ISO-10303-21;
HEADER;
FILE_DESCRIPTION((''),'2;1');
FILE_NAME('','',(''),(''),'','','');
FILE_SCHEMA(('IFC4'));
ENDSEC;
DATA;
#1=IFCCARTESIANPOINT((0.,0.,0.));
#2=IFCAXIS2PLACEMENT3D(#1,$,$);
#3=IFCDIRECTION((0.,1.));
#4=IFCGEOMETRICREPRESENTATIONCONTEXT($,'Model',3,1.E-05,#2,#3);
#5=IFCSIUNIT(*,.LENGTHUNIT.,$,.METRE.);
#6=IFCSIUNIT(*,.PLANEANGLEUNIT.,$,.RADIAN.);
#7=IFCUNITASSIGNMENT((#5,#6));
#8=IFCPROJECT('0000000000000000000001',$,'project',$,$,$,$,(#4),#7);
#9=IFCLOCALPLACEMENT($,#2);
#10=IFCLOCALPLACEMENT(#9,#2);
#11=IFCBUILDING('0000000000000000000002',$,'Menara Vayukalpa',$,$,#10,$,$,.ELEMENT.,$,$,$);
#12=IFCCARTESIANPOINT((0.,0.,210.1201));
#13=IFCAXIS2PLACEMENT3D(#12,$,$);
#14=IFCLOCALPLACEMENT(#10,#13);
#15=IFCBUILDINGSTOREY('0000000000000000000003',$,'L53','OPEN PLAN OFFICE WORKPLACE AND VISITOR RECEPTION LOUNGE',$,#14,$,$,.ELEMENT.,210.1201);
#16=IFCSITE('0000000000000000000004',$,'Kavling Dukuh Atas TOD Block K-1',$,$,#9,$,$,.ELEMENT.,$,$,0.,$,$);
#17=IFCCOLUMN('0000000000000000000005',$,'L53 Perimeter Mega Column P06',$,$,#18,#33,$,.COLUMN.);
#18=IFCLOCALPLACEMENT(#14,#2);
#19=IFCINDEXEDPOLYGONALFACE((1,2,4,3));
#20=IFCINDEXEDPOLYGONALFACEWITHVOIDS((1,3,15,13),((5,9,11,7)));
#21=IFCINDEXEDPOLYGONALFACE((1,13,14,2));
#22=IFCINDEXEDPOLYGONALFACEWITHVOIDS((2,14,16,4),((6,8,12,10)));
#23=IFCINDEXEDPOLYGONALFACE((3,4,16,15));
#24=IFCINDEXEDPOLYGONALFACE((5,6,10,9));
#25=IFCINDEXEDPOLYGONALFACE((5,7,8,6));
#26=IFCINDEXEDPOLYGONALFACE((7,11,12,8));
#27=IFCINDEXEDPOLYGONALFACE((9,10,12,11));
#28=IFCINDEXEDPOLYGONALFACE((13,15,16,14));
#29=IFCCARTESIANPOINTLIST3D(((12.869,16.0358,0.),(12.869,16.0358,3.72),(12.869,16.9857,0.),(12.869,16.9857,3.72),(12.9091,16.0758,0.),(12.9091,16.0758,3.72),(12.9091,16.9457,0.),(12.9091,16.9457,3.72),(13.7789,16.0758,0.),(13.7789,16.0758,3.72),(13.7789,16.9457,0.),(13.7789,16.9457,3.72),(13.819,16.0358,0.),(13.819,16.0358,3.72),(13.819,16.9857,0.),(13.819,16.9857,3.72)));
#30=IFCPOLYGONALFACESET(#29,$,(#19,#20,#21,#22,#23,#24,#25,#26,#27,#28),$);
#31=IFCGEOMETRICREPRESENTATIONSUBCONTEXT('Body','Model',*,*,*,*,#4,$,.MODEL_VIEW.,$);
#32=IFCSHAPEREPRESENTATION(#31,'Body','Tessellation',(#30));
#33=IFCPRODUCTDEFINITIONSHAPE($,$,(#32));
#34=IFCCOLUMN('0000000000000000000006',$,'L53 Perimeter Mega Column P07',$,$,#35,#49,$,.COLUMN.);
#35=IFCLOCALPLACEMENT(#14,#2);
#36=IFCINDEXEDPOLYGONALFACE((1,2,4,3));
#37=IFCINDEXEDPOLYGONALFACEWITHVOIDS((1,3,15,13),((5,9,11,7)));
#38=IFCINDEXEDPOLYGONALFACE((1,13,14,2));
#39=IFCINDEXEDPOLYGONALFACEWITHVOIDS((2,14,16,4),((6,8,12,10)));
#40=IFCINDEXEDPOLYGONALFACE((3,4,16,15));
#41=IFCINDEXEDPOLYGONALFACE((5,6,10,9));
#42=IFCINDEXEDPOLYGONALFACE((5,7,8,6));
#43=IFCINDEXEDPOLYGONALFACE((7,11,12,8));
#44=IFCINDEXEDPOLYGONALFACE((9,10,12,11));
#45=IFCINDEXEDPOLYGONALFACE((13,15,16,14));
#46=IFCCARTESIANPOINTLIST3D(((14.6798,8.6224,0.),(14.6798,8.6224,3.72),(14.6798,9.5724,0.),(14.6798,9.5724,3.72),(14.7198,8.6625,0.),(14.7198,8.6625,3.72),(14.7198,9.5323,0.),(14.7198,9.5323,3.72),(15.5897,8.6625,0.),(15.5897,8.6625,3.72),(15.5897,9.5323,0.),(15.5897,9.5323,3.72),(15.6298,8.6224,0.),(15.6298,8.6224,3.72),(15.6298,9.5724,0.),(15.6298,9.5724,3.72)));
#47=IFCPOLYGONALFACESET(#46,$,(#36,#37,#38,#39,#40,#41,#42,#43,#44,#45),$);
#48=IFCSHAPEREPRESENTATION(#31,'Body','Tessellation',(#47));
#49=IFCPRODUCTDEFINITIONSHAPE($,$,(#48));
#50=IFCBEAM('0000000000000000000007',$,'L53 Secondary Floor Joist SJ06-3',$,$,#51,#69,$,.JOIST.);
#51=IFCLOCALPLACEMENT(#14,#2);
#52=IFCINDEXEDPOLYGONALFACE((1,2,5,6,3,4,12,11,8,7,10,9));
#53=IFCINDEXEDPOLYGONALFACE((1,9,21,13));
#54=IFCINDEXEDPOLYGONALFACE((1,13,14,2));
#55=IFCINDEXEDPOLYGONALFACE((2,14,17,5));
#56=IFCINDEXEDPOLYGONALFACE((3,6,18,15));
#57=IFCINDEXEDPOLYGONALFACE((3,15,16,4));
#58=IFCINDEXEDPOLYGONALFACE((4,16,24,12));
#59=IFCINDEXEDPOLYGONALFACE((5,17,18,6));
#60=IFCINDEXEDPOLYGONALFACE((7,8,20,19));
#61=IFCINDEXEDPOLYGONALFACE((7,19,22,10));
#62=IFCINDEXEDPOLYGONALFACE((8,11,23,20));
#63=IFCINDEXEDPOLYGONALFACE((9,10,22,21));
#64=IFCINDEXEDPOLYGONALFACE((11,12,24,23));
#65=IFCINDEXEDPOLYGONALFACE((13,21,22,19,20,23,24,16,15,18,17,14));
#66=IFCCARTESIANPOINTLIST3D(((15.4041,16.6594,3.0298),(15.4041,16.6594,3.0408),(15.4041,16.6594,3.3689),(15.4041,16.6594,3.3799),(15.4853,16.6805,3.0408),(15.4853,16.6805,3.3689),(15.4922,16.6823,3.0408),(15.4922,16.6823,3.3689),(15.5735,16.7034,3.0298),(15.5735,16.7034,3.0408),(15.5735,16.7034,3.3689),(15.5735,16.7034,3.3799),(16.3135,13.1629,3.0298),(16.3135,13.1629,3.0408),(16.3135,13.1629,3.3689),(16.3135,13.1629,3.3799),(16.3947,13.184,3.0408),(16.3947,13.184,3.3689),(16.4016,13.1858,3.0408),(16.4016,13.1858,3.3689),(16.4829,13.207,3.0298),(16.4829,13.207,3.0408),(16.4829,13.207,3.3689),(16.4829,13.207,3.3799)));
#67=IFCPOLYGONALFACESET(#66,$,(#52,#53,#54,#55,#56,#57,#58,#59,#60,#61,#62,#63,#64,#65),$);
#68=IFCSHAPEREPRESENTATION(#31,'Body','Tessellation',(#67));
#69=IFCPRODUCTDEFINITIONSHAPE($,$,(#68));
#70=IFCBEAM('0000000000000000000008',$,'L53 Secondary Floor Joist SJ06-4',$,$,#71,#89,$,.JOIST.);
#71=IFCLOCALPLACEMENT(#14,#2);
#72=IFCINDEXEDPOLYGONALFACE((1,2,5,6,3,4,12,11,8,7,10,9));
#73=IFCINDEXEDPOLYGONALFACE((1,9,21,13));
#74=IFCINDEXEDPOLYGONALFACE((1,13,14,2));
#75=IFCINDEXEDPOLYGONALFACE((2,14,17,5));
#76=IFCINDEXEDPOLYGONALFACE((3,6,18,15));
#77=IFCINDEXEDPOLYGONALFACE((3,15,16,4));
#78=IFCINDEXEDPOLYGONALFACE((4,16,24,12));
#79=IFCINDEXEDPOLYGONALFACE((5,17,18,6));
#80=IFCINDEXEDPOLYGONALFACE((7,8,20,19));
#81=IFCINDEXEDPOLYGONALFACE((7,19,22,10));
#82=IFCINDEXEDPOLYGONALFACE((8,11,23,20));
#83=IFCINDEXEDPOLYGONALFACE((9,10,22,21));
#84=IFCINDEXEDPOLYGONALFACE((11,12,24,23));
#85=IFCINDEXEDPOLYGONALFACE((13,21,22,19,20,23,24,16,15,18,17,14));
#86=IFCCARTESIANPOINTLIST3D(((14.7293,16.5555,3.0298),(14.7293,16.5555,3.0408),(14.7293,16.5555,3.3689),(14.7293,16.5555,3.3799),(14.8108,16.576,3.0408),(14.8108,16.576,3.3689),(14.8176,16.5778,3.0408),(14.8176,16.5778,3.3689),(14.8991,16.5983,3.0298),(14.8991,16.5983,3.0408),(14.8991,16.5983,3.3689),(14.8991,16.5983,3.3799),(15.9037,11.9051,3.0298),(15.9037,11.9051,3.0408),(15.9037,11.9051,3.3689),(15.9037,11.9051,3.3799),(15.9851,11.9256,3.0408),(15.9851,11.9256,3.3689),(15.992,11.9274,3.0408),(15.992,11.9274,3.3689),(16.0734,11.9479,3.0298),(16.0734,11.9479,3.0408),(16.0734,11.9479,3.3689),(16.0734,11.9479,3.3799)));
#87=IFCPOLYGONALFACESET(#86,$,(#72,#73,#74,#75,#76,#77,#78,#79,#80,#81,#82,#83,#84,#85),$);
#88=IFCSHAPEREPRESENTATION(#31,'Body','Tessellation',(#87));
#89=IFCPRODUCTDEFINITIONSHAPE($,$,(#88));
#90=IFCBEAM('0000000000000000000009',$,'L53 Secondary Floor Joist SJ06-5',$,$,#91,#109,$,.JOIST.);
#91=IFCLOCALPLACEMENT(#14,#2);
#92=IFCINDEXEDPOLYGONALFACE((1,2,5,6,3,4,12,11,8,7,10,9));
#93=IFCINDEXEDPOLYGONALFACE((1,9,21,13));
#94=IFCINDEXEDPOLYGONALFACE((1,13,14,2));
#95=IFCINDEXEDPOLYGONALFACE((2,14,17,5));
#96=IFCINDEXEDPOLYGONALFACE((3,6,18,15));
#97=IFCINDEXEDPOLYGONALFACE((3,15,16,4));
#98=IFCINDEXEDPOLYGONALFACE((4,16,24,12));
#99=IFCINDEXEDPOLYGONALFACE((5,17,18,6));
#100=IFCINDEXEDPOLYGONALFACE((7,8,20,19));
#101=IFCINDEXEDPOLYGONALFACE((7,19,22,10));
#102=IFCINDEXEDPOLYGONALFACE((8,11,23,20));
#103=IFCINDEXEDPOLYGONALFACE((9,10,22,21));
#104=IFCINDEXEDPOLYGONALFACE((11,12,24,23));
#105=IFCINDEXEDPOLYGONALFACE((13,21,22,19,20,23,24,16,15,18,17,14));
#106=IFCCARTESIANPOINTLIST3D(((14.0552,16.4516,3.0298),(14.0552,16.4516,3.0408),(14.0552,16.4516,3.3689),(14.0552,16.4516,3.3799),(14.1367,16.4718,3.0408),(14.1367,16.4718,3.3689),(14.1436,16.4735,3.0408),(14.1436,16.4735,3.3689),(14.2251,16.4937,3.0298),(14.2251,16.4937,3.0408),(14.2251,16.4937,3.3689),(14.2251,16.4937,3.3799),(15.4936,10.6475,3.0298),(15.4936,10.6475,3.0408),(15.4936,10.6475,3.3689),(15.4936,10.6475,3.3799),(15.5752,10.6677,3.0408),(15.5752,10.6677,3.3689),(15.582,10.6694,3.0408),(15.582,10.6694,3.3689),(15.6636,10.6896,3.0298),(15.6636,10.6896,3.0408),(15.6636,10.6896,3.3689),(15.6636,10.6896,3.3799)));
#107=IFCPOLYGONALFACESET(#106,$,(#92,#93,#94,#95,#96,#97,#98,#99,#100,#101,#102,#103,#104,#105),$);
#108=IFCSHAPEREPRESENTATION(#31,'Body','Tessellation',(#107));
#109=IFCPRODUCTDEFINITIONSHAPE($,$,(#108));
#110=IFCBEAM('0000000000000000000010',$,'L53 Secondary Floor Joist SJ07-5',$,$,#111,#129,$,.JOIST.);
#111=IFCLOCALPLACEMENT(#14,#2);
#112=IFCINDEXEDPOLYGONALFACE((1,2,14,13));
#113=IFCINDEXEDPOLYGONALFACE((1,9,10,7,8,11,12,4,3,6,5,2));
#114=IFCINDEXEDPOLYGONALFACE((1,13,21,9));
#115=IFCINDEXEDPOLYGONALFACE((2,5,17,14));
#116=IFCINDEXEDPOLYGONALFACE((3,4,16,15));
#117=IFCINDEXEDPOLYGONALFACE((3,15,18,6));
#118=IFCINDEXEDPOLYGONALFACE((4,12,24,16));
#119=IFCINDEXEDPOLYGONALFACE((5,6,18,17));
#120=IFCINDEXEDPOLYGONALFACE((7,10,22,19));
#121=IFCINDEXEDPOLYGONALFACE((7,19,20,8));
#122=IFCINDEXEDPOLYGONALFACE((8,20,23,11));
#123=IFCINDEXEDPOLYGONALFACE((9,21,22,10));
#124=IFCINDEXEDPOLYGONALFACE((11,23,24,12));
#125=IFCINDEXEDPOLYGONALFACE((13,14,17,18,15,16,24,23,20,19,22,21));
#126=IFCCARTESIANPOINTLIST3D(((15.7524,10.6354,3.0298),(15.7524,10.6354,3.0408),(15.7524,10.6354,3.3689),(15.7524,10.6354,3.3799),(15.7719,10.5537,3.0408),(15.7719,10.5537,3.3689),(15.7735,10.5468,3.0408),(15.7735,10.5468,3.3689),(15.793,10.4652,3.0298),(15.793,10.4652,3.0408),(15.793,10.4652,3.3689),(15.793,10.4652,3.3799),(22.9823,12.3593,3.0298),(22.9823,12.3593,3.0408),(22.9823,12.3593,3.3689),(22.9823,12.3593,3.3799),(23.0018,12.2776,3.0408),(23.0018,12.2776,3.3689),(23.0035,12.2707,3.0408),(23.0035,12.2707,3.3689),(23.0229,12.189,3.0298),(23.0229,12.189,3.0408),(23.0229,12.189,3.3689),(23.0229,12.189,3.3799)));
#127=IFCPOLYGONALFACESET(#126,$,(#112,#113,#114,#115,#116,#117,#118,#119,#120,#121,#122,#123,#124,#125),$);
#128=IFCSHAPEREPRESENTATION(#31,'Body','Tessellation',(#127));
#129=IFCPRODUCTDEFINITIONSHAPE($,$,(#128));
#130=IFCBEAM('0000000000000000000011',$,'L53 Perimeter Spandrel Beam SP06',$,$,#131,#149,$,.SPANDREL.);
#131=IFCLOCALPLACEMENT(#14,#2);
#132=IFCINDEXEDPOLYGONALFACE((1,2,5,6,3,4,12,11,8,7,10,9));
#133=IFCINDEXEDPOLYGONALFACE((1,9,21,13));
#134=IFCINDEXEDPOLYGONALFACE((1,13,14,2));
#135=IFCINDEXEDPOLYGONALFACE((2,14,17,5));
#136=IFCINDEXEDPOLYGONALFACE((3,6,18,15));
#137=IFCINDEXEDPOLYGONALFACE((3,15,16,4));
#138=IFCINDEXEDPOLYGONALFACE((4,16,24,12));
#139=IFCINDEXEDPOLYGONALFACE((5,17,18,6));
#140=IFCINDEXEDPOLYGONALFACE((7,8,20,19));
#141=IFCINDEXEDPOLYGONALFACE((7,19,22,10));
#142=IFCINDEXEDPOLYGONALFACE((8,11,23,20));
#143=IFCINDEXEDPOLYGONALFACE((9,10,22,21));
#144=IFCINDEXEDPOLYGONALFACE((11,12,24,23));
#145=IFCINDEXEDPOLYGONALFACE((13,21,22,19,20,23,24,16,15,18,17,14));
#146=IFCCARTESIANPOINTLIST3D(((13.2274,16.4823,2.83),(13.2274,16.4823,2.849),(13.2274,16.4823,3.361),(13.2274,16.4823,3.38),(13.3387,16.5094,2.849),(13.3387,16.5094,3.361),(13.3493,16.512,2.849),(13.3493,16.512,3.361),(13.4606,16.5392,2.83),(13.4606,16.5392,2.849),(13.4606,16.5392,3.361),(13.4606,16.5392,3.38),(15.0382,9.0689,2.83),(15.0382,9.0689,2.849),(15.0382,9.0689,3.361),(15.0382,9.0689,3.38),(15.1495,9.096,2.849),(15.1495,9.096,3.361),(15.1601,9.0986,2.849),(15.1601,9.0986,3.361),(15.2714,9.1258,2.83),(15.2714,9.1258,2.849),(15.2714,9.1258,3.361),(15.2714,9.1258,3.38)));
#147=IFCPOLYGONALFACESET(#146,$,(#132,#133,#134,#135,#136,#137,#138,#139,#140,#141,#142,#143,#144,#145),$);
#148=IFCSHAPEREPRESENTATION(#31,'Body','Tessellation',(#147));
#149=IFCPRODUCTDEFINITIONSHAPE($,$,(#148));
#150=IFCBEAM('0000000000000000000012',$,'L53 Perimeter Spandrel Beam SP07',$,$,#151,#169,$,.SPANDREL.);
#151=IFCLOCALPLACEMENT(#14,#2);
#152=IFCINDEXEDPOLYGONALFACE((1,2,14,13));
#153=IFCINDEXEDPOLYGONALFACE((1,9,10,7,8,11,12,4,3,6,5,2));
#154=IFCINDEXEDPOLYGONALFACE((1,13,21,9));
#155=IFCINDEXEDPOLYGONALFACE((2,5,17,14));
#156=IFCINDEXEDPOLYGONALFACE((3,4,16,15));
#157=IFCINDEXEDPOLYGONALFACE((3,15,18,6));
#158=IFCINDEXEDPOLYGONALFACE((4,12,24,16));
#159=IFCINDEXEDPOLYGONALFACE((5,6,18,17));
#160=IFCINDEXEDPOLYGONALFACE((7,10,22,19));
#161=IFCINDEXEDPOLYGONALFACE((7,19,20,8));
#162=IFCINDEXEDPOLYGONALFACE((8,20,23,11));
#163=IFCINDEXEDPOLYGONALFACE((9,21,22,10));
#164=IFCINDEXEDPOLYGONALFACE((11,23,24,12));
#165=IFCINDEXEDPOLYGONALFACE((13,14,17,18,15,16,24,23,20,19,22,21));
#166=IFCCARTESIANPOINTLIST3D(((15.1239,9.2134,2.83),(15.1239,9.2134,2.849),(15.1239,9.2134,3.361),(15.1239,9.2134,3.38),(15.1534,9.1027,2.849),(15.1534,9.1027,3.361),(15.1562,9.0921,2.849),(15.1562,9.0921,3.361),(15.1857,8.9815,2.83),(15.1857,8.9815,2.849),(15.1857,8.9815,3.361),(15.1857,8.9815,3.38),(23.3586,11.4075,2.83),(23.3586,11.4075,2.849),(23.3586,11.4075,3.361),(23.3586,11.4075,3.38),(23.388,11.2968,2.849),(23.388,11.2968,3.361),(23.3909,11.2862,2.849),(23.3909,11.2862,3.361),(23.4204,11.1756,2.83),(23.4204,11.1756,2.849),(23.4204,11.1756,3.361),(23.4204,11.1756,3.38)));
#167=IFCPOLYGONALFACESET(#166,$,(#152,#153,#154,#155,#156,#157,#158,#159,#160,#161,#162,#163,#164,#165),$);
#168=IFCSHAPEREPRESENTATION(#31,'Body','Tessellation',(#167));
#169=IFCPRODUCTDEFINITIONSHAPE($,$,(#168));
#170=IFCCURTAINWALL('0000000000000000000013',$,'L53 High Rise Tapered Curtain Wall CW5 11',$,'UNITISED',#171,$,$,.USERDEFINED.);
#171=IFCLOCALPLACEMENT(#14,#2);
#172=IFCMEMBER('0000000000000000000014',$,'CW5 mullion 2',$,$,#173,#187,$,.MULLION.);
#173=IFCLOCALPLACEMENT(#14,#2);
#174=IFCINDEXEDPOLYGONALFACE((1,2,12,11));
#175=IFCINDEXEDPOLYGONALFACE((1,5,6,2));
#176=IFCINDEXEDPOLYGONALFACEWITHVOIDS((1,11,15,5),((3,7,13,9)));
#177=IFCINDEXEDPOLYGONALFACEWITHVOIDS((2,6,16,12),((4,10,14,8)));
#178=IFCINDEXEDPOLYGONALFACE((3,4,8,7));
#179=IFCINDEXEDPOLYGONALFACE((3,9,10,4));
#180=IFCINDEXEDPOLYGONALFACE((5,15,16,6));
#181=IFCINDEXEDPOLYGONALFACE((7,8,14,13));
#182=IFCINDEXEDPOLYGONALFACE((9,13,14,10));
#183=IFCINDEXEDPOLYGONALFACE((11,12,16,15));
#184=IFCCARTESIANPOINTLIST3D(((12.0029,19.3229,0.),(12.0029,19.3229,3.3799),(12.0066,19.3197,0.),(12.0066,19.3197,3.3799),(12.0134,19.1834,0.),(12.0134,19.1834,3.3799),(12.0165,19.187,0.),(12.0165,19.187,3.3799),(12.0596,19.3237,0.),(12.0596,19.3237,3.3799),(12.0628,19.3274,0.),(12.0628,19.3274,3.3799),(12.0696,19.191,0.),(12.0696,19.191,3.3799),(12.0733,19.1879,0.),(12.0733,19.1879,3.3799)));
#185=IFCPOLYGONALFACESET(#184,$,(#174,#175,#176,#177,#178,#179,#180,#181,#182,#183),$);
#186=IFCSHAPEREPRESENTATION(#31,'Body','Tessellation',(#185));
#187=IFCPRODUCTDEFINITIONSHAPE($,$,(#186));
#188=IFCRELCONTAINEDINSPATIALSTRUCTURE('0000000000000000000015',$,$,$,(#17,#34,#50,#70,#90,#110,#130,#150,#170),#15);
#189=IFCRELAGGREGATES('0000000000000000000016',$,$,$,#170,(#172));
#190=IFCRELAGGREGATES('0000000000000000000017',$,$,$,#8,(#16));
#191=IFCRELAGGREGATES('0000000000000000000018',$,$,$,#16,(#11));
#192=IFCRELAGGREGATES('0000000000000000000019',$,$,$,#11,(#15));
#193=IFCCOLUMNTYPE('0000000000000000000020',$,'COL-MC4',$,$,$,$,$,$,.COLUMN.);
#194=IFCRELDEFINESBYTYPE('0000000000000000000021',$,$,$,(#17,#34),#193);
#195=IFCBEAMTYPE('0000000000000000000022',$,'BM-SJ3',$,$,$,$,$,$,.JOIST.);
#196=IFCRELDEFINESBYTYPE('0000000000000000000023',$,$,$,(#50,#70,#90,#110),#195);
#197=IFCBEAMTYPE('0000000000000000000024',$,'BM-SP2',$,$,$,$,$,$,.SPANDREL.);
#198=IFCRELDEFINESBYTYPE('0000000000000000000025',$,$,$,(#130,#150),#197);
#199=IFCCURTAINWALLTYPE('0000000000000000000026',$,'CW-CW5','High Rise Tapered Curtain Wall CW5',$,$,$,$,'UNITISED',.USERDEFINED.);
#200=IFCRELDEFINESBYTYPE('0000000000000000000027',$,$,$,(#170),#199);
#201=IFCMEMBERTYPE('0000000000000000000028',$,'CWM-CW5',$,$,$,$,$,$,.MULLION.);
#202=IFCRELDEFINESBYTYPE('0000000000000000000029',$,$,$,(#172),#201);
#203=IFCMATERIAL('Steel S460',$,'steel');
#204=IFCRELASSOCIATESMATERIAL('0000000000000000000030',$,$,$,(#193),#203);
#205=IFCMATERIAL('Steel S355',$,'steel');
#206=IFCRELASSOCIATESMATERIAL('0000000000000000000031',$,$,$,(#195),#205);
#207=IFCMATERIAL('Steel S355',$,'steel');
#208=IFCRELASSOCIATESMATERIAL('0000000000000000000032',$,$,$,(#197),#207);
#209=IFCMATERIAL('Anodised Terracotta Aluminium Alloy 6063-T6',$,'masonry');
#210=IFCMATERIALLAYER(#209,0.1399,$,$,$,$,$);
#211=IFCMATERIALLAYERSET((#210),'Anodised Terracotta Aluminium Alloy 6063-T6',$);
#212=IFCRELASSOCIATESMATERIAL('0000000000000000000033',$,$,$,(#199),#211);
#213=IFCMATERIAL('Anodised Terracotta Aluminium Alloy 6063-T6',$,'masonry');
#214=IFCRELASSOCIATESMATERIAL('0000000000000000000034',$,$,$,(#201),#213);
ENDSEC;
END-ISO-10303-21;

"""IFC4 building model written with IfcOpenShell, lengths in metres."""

from ifc_helpers import new_model, si_unit, direction, frame, origin, origin_2d, place, context, subcontext, project, spatial, hollow_rectangle, i_section, extrude, material, layer, layer_set, material_profile, profile_set, type_object, element, aggregate, save


model = new_model("IFC4")

# Units and contexts
model_context = context("Model", 3, precision=1e-05, world=origin(), true_north=direction((0.0, 1.0)))
body_context = subcontext(model_context, "Body", "Model", "MODEL_VIEW")
ifc_project = project(units=[si_unit("LENGTHUNIT", "METRE"), si_unit("PLANEANGLEUNIT", "RADIAN")], contexts=[model_context])

# Site, building, storey
site_placement = place(None, origin())
site = spatial("IfcSite", under=ifc_project, at=site_placement, Name="Kavling Dukuh Atas TOD Block K-1", CompositionType="ELEMENT", RefElevation=0.0)
building_placement = place(site_placement, origin())
building = spatial("IfcBuilding", under=site, at=building_placement, Name="Menara Vayukalpa", CompositionType="ELEMENT")
storey_placement = place(building_placement, frame((0.0, 0.0, 210.1201)))
storey = spatial("IfcBuildingStorey", under=building, at=storey_placement, Name="L53", Description="OPEN PLAN OFFICE WORKPLACE AND VISITOR RECEPTION LOUNGE", CompositionType="ELEMENT", Elevation=210.1201)

# Columns
ifc_material_1 = material(Name="Steel S460", Category="steel")
ifc_material_profile_1 = material_profile(ifc_material_1, hollow_rectangle(XDim=0.95, YDim=0.95, WallThickness=0.04, at=origin_2d()), Name="BOX 950x950x40")
ifc_profile_set_1 = profile_set([ifc_material_profile_1], Name="Steel S460")
column_type = type_object("IfcColumnType", Name="COL-MC4", PredefinedType="COLUMN", material=ifc_profile_set_1)
for number, where, z_axis, x_axis, name in (
    (1, (13.344, 16.5107, 0.0), (0.0, 0.0, 1.0), (1.0, 0.0, 0.0), "L53 Perimeter Mega Column P06"),
    (2, (15.1548, 9.0974, 0.0), (0.0, 0.0, 1.0), (1.0, 0.0, 0.0), "L53 Perimeter Mega Column P07"),
):
    element("IfcColumn", number, at=place(storey_placement, frame(where, z_axis=z_axis, x_axis=x_axis)), inside=storey, type_object=column_type, Name=name, PredefinedType="COLUMN", context=body_context, shape_type="SweptSolid", body=[
        extrude(hollow_rectangle(XDim=0.95, YDim=0.95, WallThickness=0.04, at=origin_2d()), origin(), (0.0, 0.0, 1.0), 3.72),
    ])

# Beams
ifc_material_2 = material(Name="Steel S355", Category="steel")
ifc_material_profile_2 = material_profile(ifc_material_2, i_section(OverallWidth=0.175, OverallDepth=0.3501, WebThickness=0.0071, FlangeThickness=0.011, at=origin_2d()), Name="WF 350x175x7x11")
ifc_profile_set_2 = profile_set([ifc_material_profile_2], Name="Steel S355")
beam_type_1 = type_object("IfcBeamType", Name="BM-SJ3", PredefinedType="JOIST", material=ifc_profile_set_2)
beam_1_placement = place(storey_placement, frame((15.4888, 16.6814, 3.2048), z_axis=(0.251715, -0.967801, 0.0), x_axis=(0.967801, 0.251715, 0.0)))
element("IfcBeam", 3, at=beam_1_placement, inside=storey, type_object=beam_type_1, Name="L53 Secondary Floor Joist SJ06-3", PredefinedType="JOIST", context=body_context, shape_type="SweptSolid", body=[
    extrude(i_section(OverallWidth=0.175, OverallDepth=0.3501, WebThickness=0.0071, FlangeThickness=0.011, at=origin_2d()), origin(), (0.0, 0.0, 1.0), 3.6128),
])
beam_2_placement = place(storey_placement, frame((14.8142, 16.5769, 3.2048), z_axis=(0.244834, -0.969565, 0.0), x_axis=(0.969565, 0.244834, 0.0)))
element("IfcBeam", 4, at=beam_2_placement, inside=storey, type_object=beam_type_1, Name="L53 Secondary Floor Joist SJ06-4", PredefinedType="JOIST", context=body_context, shape_type="SweptSolid", body=[
    extrude(i_section(OverallWidth=0.175, OverallDepth=0.3501, WebThickness=0.0071, FlangeThickness=0.011, at=origin_2d()), origin(), (0.0, 0.0, 1.0), 4.7964),
])
beam_3_placement = place(storey_placement, frame((14.1401, 16.4727, 3.2048), z_axis=(0.240556, -0.970635, 0.0), x_axis=(0.970635, 0.240556, 0.0)))
element("IfcBeam", 5, at=beam_3_placement, inside=storey, type_object=beam_type_1, Name="L53 Secondary Floor Joist SJ06-5", PredefinedType="JOIST", context=body_context, shape_type="SweptSolid", body=[
    extrude(i_section(OverallWidth=0.175, OverallDepth=0.3501, WebThickness=0.0071, FlangeThickness=0.011, at=origin_2d()), origin(), (0.0, 0.0, 1.0), 5.9797),
])
beam_4_placement = place(storey_placement, frame((15.7727, 10.5503, 3.2048), z_axis=(0.972732, 0.231933, 0.0), x_axis=(-0.231933, 0.972732, 0.0)))
element("IfcBeam", 6, at=beam_4_placement, inside=storey, type_object=beam_type_1, Name="L53 Secondary Floor Joist SJ07-5", PredefinedType="JOIST", context=body_context, shape_type="SweptSolid", body=[
    extrude(i_section(OverallWidth=0.175, OverallDepth=0.3501, WebThickness=0.0071, FlangeThickness=0.011, at=origin_2d()), origin(), (0.0, 0.0, 1.0), 7.4326),
])
ifc_material_3 = material(Name="Steel S355", Category="steel")
ifc_material_profile_3 = material_profile(ifc_material_3, i_section(OverallWidth=0.24, OverallDepth=0.55, WebThickness=0.011, FlangeThickness=0.019, at=origin_2d()), Name="WF 550x240x11x19")
ifc_profile_set_3 = profile_set([ifc_material_profile_3], Name="Steel S355")
beam_type_2 = type_object("IfcBeamType", Name="BM-SP2", PredefinedType="SPANDREL", material=ifc_profile_set_3)
beam_5_placement = place(storey_placement, frame((13.344, 16.5107, 3.105), z_axis=(0.237285, -0.97144, 0.0), x_axis=(0.97144, 0.237285, 0.0)))
element("IfcBeam", 7, at=beam_5_placement, inside=storey, type_object=beam_type_2, Name="L53 Perimeter Spandrel Beam SP06", PredefinedType="SPANDREL", context=body_context, shape_type="SweptSolid", body=[
    extrude(i_section(OverallWidth=0.24, OverallDepth=0.55, WebThickness=0.011, FlangeThickness=0.019, at=origin_2d()), origin(), (0.0, 0.0, 1.0), 7.6313),
])
beam_6_placement = place(storey_placement, frame((15.1548, 9.0974, 3.105), z_axis=(0.966288, 0.257465, 0.0), x_axis=(-0.257465, 0.966288, 0.0)))
element("IfcBeam", 8, at=beam_6_placement, inside=storey, type_object=beam_type_2, Name="L53 Perimeter Spandrel Beam SP07", PredefinedType="SPANDREL", context=body_context, shape_type="SweptSolid", body=[
    extrude(i_section(OverallWidth=0.24, OverallDepth=0.55, WebThickness=0.011, FlangeThickness=0.019, at=origin_2d()), origin(), (0.0, 0.0, 1.0), 8.522),
])

# Curtain wall, member
ifc_material_4 = material(Name="Anodised Terracotta Aluminium Alloy 6063-T6", Category="masonry")
ifc_layer_1 = layer(ifc_material_4, 0.1399)
ifc_layer_set_1 = layer_set([ifc_layer_1], Name="Anodised Terracotta Aluminium Alloy 6063-T6")
curtain_wall_type = type_object("IfcCurtainWallType", Name="CW-CW5", Description="High Rise Tapered Curtain Wall CW5", ElementType="UNITISED", PredefinedType="USERDEFINED", material=ifc_layer_set_1)
curtain_wall_placement = place(storey_placement, origin())
curtain_wall = element("IfcCurtainWall", 9, at=curtain_wall_placement, inside=storey, type_object=curtain_wall_type, Name="L53 High Rise Tapered Curtain Wall CW5 11", ObjectType="UNITISED", PredefinedType="USERDEFINED")
ifc_material_5 = material(Name="Anodised Terracotta Aluminium Alloy 6063-T6", Category="masonry")
ifc_material_profile_4 = material_profile(ifc_material_5, hollow_rectangle(XDim=0.0601, YDim=0.1399, WallThickness=0.0034, at=origin_2d()), Name="ALU 60x140x3.5")
ifc_profile_set_4 = profile_set([ifc_material_profile_4], Name="Anodised Terracotta Aluminium Alloy 6063-T6")
member_type_1 = type_object("IfcMemberType", Name="CWM-CW5", PredefinedType="MULLION", material=ifc_profile_set_4)
member_1_placement = place(storey_placement, frame((12.0381, 19.2554, 0.0), z_axis=(0.0, 0.0, 1.0), x_axis=(0.997199, 0.074792, 0.0)))
member_1 = element("IfcMember", 10, at=member_1_placement, type_object=member_type_1, Name="CW5 mullion 2", PredefinedType="MULLION", context=body_context, shape_type="SweptSolid", body=[
    extrude(hollow_rectangle(XDim=0.0601, YDim=0.1399, WallThickness=0.0034, at=origin_2d()), origin(), (0.0, 0.0, 1.0), 3.3799),
])
aggregate(curtain_wall, [member_1])

save(model, "model.ifc")
